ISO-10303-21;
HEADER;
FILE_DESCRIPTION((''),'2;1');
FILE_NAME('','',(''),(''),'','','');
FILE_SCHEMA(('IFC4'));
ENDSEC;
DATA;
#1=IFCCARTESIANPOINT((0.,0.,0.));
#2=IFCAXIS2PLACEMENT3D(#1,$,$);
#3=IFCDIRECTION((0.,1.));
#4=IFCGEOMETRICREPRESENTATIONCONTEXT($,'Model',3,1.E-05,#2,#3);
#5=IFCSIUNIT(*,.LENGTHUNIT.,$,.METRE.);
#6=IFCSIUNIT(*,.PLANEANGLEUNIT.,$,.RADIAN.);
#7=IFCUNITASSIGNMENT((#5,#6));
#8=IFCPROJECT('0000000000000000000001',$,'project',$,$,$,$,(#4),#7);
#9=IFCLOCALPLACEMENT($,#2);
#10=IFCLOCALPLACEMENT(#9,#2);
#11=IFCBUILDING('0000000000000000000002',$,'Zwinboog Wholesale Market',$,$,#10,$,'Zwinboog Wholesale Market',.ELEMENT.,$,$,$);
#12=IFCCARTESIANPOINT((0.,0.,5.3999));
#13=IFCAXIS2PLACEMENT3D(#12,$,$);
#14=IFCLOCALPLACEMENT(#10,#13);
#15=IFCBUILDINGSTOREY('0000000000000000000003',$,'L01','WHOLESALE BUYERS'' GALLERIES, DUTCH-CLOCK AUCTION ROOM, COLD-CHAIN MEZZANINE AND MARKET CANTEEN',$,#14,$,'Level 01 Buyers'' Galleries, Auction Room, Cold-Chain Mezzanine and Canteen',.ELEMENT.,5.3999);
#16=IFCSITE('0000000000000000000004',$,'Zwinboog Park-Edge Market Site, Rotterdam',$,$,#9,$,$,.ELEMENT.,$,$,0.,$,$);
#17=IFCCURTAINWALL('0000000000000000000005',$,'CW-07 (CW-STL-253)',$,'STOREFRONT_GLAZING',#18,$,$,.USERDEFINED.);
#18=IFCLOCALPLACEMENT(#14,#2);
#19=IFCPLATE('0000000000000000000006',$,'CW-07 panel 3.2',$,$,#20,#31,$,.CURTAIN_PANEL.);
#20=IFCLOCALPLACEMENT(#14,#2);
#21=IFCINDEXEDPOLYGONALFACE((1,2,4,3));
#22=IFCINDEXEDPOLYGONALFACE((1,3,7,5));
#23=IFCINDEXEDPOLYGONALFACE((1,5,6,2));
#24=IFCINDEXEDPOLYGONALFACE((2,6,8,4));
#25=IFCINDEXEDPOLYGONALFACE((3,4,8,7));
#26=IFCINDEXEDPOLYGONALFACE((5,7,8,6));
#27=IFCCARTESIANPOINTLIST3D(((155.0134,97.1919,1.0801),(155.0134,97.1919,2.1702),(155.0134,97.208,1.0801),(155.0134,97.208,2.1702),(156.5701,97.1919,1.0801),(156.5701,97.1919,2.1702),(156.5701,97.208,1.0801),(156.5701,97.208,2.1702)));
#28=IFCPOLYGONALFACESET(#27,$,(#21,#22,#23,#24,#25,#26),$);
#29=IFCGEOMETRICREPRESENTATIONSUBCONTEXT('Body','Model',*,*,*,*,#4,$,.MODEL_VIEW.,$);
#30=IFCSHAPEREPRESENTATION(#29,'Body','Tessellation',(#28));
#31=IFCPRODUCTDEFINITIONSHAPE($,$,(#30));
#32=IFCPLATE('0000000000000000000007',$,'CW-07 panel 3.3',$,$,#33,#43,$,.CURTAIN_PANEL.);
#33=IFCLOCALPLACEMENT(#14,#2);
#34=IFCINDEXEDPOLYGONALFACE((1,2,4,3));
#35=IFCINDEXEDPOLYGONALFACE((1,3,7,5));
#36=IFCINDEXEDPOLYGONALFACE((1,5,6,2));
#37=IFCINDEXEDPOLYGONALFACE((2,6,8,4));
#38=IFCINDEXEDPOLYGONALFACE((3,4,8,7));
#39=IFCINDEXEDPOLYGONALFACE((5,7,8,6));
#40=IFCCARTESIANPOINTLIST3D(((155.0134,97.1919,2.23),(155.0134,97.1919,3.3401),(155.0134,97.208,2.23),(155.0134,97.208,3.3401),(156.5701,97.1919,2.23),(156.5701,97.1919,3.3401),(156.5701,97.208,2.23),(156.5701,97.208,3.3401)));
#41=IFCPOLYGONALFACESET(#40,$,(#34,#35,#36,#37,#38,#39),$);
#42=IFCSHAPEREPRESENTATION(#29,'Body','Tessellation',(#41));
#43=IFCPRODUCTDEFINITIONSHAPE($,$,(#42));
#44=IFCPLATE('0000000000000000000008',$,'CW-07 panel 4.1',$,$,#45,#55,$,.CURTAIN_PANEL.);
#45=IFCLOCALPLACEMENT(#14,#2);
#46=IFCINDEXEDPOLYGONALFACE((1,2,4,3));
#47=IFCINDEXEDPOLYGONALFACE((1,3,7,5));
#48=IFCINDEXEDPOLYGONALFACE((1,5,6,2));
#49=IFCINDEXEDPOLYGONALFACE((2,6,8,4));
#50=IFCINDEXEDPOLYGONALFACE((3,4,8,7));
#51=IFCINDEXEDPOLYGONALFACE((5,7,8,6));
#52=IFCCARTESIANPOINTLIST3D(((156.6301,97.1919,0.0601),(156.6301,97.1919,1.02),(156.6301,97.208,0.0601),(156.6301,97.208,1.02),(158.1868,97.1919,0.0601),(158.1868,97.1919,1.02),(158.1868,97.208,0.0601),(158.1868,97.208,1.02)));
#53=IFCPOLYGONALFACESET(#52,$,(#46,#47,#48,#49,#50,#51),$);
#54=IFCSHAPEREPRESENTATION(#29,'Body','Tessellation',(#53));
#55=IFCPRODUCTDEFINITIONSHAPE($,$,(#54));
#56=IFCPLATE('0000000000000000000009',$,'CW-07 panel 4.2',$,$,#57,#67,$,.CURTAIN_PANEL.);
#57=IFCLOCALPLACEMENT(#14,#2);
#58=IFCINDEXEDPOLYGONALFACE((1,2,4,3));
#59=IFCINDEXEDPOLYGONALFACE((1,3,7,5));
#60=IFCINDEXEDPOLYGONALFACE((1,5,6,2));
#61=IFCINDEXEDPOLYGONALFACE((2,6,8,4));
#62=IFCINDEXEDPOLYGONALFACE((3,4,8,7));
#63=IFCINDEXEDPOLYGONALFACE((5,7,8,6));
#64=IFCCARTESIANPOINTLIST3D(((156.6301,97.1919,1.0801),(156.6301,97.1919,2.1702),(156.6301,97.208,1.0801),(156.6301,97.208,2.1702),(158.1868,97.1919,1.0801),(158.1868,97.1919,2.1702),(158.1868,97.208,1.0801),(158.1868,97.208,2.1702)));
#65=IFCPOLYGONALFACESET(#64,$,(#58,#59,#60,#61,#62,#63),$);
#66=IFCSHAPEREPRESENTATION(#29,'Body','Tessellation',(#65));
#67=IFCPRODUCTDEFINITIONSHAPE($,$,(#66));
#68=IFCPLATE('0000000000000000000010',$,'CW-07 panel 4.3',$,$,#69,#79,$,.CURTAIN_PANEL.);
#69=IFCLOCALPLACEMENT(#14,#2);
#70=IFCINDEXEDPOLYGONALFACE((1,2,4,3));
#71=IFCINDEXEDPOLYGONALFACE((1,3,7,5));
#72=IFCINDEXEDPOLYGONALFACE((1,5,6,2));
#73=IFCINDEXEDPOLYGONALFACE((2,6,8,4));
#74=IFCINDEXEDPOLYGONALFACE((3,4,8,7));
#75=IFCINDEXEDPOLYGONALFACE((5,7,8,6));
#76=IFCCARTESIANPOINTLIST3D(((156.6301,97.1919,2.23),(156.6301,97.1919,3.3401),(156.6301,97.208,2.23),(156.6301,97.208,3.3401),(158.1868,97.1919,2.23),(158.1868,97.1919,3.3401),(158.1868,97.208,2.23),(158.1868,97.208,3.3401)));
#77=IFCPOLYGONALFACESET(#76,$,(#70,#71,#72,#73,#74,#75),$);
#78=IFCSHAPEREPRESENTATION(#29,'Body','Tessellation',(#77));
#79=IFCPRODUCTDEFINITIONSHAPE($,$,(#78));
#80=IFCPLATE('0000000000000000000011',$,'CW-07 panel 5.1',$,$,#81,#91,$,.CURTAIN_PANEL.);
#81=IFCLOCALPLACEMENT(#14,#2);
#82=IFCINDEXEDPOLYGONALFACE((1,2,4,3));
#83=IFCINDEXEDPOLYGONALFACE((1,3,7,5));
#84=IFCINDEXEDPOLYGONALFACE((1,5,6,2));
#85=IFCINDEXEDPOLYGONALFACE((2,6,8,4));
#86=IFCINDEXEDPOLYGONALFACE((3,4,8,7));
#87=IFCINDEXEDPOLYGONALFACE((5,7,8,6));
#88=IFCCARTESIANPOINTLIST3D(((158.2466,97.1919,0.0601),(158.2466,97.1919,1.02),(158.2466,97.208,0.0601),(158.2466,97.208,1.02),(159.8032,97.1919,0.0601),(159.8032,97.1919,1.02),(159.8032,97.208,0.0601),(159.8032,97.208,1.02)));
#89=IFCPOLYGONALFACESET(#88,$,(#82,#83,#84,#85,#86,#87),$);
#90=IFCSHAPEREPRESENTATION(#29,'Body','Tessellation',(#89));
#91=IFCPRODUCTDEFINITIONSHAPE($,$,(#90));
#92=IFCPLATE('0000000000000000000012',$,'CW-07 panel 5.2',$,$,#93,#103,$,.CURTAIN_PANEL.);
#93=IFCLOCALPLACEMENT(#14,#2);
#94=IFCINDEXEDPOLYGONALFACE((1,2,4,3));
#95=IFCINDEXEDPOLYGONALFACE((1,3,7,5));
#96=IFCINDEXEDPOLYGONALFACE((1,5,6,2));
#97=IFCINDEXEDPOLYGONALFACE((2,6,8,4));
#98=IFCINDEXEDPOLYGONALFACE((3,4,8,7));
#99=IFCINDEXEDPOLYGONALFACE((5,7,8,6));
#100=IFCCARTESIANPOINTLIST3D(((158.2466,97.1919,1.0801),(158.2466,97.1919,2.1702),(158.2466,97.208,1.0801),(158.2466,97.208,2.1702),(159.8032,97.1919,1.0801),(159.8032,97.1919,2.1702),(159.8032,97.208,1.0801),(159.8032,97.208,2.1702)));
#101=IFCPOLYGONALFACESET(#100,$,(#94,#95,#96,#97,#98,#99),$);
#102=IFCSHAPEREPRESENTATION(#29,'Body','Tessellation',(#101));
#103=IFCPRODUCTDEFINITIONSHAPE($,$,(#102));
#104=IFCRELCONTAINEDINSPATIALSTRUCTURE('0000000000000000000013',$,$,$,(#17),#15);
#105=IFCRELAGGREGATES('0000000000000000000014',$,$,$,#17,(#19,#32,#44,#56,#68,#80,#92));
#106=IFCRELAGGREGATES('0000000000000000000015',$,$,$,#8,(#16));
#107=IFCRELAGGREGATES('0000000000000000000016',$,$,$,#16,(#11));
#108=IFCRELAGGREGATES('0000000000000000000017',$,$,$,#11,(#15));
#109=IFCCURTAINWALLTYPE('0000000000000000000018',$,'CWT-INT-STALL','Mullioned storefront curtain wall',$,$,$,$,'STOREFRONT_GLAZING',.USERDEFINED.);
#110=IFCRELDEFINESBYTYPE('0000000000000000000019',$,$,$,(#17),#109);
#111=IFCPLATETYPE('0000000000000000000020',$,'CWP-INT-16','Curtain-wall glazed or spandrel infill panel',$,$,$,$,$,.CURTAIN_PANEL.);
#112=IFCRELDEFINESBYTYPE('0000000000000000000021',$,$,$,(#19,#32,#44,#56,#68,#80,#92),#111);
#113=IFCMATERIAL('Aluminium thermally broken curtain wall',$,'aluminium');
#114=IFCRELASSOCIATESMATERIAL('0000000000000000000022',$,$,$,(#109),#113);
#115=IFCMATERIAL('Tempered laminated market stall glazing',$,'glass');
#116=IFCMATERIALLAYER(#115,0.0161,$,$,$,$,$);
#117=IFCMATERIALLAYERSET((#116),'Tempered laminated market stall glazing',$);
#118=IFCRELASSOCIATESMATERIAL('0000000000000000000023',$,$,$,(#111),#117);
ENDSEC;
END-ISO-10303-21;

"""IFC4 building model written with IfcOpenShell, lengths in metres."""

from ifc_helpers import new_model, si_unit, direction, frame, origin, origin_2d, place, context, subcontext, project, spatial, rectangle, extrude, material, layer, layer_set, type_object, element, aggregate, save


model = new_model("IFC4")

# Units and contexts
model_context = context("Model", 3, precision=1e-05, world=origin(), true_north=direction((0.0, 1.0)))
body_context = subcontext(model_context, "Body", "Model", "MODEL_VIEW")
ifc_project = project(units=[si_unit("LENGTHUNIT", "METRE"), si_unit("PLANEANGLEUNIT", "RADIAN")], contexts=[model_context])

# Site, building, storey
site_placement = place(None, origin())
site = spatial("IfcSite", under=ifc_project, at=site_placement, Name="Zwinboog Park-Edge Market Site, Rotterdam", CompositionType="ELEMENT", RefElevation=0.0)
building_placement = place(site_placement, origin())
building = spatial("IfcBuilding", under=site, at=building_placement, Name="Zwinboog Wholesale Market", LongName="Zwinboog Wholesale Market", CompositionType="ELEMENT")
storey_placement = place(building_placement, frame((0.0, 0.0, 5.3999)))
storey = spatial("IfcBuildingStorey", under=building, at=storey_placement, Name="L01", Description="WHOLESALE BUYERS' GALLERIES, DUTCH-CLOCK AUCTION ROOM, COLD-CHAIN MEZZANINE AND MARKET CANTEEN", LongName="Level 01 Buyers' Galleries, Auction Room, Cold-Chain Mezzanine and Canteen", CompositionType="ELEMENT", Elevation=5.3999)

# Curtain wall, plates
ifc_material_1 = material(Name="Aluminium thermally broken curtain wall", Category="aluminium")
curtain_wall_type = type_object("IfcCurtainWallType", Name="CWT-INT-STALL", Description="Mullioned storefront curtain wall", ElementType="STOREFRONT_GLAZING", PredefinedType="USERDEFINED", material=ifc_material_1)
curtain_wall_placement = place(storey_placement, origin())
curtain_wall = element("IfcCurtainWall", 1, at=curtain_wall_placement, inside=storey, type_object=curtain_wall_type, Name="CW-07 (CW-STL-253)", ObjectType="STOREFRONT_GLAZING", PredefinedType="USERDEFINED")
ifc_material_2 = material(Name="Tempered laminated market stall glazing", Category="glass")
ifc_layer = layer(ifc_material_2, 0.0161)
ifc_layer_set = layer_set([ifc_layer], Name="Tempered laminated market stall glazing")
plate_type = type_object("IfcPlateType", Name="CWP-INT-16", Description="Curtain-wall glazed or spandrel infill panel", PredefinedType="CURTAIN_PANEL", material=ifc_layer_set)
plate_1_placement = place(storey_placement, frame((155.7917, 97.2, 1.0801), z_axis=(0.0, 0.0, 1.0), x_axis=(1.0, 0.0, 0.0)))
plate_1 = element("IfcPlate", 2, at=plate_1_placement, type_object=plate_type, Name="CW-07 panel 3.2", PredefinedType="CURTAIN_PANEL", context=body_context, shape_type="SweptSolid", body=[
    extrude(rectangle(XDim=1.5566, YDim=0.0161, at=origin_2d()), origin(), (0.0, 0.0, 1.0), 1.0901),
])
plate_2_placement = place(storey_placement, frame((155.7917, 97.2, 2.23), z_axis=(0.0, 0.0, 1.0), x_axis=(1.0, 0.0, 0.0)))
plate_2 = element("IfcPlate", 3, at=plate_2_placement, type_object=plate_type, Name="CW-07 panel 3.3", PredefinedType="CURTAIN_PANEL", context=body_context, shape_type="SweptSolid", body=[
    extrude(rectangle(XDim=1.5566, YDim=0.0161, at=origin_2d()), origin(), (0.0, 0.0, 1.0), 1.1101),
])
plate_3_placement = place(storey_placement, frame((157.4084, 97.2, 0.0601), z_axis=(0.0, 0.0, 1.0), x_axis=(1.0, 0.0, 0.0)))
plate_3 = element("IfcPlate", 4, at=plate_3_placement, type_object=plate_type, Name="CW-07 panel 4.1", PredefinedType="CURTAIN_PANEL", context=body_context, shape_type="SweptSolid", body=[
    extrude(rectangle(XDim=1.5566, YDim=0.0161, at=origin_2d()), origin(), (0.0, 0.0, 1.0), 0.96),
])
plate_4_placement = place(storey_placement, frame((157.4084, 97.2, 1.0801), z_axis=(0.0, 0.0, 1.0), x_axis=(1.0, 0.0, 0.0)))
plate_4 = element("IfcPlate", 5, at=plate_4_placement, type_object=plate_type, Name="CW-07 panel 4.2", PredefinedType="CURTAIN_PANEL", context=body_context, shape_type="SweptSolid", body=[
    extrude(rectangle(XDim=1.5566, YDim=0.0161, at=origin_2d()), origin(), (0.0, 0.0, 1.0), 1.0901),
])
plate_5_placement = place(storey_placement, frame((157.4084, 97.2, 2.23), z_axis=(0.0, 0.0, 1.0), x_axis=(1.0, 0.0, 0.0)))
plate_5 = element("IfcPlate", 6, at=plate_5_placement, type_object=plate_type, Name="CW-07 panel 4.3", PredefinedType="CURTAIN_PANEL", context=body_context, shape_type="SweptSolid", body=[
    extrude(rectangle(XDim=1.5566, YDim=0.0161, at=origin_2d()), origin(), (0.0, 0.0, 1.0), 1.1101),
])
plate_6_placement = place(storey_placement, frame((159.0249, 97.2, 0.0601), z_axis=(0.0, 0.0, 1.0), x_axis=(1.0, 0.0, 0.0)))
plate_6 = element("IfcPlate", 7, at=plate_6_placement, type_object=plate_type, Name="CW-07 panel 5.1", PredefinedType="CURTAIN_PANEL", context=body_context, shape_type="SweptSolid", body=[
    extrude(rectangle(XDim=1.5566, YDim=0.0161, at=origin_2d()), origin(), (0.0, 0.0, 1.0), 0.96),
])
plate_7_placement = place(storey_placement, frame((159.0249, 97.2, 1.0801), z_axis=(0.0, 0.0, 1.0), x_axis=(1.0, 0.0, 0.0)))
plate_7 = element("IfcPlate", 8, at=plate_7_placement, type_object=plate_type, Name="CW-07 panel 5.2", PredefinedType="CURTAIN_PANEL", context=body_context, shape_type="SweptSolid", body=[
    extrude(rectangle(XDim=1.5566, YDim=0.0161, at=origin_2d()), origin(), (0.0, 0.0, 1.0), 1.0901),
])
aggregate(curtain_wall, [plate_1, plate_2, plate_3, plate_4, plate_5, plate_6, plate_7])

save(model, "model.ifc")
